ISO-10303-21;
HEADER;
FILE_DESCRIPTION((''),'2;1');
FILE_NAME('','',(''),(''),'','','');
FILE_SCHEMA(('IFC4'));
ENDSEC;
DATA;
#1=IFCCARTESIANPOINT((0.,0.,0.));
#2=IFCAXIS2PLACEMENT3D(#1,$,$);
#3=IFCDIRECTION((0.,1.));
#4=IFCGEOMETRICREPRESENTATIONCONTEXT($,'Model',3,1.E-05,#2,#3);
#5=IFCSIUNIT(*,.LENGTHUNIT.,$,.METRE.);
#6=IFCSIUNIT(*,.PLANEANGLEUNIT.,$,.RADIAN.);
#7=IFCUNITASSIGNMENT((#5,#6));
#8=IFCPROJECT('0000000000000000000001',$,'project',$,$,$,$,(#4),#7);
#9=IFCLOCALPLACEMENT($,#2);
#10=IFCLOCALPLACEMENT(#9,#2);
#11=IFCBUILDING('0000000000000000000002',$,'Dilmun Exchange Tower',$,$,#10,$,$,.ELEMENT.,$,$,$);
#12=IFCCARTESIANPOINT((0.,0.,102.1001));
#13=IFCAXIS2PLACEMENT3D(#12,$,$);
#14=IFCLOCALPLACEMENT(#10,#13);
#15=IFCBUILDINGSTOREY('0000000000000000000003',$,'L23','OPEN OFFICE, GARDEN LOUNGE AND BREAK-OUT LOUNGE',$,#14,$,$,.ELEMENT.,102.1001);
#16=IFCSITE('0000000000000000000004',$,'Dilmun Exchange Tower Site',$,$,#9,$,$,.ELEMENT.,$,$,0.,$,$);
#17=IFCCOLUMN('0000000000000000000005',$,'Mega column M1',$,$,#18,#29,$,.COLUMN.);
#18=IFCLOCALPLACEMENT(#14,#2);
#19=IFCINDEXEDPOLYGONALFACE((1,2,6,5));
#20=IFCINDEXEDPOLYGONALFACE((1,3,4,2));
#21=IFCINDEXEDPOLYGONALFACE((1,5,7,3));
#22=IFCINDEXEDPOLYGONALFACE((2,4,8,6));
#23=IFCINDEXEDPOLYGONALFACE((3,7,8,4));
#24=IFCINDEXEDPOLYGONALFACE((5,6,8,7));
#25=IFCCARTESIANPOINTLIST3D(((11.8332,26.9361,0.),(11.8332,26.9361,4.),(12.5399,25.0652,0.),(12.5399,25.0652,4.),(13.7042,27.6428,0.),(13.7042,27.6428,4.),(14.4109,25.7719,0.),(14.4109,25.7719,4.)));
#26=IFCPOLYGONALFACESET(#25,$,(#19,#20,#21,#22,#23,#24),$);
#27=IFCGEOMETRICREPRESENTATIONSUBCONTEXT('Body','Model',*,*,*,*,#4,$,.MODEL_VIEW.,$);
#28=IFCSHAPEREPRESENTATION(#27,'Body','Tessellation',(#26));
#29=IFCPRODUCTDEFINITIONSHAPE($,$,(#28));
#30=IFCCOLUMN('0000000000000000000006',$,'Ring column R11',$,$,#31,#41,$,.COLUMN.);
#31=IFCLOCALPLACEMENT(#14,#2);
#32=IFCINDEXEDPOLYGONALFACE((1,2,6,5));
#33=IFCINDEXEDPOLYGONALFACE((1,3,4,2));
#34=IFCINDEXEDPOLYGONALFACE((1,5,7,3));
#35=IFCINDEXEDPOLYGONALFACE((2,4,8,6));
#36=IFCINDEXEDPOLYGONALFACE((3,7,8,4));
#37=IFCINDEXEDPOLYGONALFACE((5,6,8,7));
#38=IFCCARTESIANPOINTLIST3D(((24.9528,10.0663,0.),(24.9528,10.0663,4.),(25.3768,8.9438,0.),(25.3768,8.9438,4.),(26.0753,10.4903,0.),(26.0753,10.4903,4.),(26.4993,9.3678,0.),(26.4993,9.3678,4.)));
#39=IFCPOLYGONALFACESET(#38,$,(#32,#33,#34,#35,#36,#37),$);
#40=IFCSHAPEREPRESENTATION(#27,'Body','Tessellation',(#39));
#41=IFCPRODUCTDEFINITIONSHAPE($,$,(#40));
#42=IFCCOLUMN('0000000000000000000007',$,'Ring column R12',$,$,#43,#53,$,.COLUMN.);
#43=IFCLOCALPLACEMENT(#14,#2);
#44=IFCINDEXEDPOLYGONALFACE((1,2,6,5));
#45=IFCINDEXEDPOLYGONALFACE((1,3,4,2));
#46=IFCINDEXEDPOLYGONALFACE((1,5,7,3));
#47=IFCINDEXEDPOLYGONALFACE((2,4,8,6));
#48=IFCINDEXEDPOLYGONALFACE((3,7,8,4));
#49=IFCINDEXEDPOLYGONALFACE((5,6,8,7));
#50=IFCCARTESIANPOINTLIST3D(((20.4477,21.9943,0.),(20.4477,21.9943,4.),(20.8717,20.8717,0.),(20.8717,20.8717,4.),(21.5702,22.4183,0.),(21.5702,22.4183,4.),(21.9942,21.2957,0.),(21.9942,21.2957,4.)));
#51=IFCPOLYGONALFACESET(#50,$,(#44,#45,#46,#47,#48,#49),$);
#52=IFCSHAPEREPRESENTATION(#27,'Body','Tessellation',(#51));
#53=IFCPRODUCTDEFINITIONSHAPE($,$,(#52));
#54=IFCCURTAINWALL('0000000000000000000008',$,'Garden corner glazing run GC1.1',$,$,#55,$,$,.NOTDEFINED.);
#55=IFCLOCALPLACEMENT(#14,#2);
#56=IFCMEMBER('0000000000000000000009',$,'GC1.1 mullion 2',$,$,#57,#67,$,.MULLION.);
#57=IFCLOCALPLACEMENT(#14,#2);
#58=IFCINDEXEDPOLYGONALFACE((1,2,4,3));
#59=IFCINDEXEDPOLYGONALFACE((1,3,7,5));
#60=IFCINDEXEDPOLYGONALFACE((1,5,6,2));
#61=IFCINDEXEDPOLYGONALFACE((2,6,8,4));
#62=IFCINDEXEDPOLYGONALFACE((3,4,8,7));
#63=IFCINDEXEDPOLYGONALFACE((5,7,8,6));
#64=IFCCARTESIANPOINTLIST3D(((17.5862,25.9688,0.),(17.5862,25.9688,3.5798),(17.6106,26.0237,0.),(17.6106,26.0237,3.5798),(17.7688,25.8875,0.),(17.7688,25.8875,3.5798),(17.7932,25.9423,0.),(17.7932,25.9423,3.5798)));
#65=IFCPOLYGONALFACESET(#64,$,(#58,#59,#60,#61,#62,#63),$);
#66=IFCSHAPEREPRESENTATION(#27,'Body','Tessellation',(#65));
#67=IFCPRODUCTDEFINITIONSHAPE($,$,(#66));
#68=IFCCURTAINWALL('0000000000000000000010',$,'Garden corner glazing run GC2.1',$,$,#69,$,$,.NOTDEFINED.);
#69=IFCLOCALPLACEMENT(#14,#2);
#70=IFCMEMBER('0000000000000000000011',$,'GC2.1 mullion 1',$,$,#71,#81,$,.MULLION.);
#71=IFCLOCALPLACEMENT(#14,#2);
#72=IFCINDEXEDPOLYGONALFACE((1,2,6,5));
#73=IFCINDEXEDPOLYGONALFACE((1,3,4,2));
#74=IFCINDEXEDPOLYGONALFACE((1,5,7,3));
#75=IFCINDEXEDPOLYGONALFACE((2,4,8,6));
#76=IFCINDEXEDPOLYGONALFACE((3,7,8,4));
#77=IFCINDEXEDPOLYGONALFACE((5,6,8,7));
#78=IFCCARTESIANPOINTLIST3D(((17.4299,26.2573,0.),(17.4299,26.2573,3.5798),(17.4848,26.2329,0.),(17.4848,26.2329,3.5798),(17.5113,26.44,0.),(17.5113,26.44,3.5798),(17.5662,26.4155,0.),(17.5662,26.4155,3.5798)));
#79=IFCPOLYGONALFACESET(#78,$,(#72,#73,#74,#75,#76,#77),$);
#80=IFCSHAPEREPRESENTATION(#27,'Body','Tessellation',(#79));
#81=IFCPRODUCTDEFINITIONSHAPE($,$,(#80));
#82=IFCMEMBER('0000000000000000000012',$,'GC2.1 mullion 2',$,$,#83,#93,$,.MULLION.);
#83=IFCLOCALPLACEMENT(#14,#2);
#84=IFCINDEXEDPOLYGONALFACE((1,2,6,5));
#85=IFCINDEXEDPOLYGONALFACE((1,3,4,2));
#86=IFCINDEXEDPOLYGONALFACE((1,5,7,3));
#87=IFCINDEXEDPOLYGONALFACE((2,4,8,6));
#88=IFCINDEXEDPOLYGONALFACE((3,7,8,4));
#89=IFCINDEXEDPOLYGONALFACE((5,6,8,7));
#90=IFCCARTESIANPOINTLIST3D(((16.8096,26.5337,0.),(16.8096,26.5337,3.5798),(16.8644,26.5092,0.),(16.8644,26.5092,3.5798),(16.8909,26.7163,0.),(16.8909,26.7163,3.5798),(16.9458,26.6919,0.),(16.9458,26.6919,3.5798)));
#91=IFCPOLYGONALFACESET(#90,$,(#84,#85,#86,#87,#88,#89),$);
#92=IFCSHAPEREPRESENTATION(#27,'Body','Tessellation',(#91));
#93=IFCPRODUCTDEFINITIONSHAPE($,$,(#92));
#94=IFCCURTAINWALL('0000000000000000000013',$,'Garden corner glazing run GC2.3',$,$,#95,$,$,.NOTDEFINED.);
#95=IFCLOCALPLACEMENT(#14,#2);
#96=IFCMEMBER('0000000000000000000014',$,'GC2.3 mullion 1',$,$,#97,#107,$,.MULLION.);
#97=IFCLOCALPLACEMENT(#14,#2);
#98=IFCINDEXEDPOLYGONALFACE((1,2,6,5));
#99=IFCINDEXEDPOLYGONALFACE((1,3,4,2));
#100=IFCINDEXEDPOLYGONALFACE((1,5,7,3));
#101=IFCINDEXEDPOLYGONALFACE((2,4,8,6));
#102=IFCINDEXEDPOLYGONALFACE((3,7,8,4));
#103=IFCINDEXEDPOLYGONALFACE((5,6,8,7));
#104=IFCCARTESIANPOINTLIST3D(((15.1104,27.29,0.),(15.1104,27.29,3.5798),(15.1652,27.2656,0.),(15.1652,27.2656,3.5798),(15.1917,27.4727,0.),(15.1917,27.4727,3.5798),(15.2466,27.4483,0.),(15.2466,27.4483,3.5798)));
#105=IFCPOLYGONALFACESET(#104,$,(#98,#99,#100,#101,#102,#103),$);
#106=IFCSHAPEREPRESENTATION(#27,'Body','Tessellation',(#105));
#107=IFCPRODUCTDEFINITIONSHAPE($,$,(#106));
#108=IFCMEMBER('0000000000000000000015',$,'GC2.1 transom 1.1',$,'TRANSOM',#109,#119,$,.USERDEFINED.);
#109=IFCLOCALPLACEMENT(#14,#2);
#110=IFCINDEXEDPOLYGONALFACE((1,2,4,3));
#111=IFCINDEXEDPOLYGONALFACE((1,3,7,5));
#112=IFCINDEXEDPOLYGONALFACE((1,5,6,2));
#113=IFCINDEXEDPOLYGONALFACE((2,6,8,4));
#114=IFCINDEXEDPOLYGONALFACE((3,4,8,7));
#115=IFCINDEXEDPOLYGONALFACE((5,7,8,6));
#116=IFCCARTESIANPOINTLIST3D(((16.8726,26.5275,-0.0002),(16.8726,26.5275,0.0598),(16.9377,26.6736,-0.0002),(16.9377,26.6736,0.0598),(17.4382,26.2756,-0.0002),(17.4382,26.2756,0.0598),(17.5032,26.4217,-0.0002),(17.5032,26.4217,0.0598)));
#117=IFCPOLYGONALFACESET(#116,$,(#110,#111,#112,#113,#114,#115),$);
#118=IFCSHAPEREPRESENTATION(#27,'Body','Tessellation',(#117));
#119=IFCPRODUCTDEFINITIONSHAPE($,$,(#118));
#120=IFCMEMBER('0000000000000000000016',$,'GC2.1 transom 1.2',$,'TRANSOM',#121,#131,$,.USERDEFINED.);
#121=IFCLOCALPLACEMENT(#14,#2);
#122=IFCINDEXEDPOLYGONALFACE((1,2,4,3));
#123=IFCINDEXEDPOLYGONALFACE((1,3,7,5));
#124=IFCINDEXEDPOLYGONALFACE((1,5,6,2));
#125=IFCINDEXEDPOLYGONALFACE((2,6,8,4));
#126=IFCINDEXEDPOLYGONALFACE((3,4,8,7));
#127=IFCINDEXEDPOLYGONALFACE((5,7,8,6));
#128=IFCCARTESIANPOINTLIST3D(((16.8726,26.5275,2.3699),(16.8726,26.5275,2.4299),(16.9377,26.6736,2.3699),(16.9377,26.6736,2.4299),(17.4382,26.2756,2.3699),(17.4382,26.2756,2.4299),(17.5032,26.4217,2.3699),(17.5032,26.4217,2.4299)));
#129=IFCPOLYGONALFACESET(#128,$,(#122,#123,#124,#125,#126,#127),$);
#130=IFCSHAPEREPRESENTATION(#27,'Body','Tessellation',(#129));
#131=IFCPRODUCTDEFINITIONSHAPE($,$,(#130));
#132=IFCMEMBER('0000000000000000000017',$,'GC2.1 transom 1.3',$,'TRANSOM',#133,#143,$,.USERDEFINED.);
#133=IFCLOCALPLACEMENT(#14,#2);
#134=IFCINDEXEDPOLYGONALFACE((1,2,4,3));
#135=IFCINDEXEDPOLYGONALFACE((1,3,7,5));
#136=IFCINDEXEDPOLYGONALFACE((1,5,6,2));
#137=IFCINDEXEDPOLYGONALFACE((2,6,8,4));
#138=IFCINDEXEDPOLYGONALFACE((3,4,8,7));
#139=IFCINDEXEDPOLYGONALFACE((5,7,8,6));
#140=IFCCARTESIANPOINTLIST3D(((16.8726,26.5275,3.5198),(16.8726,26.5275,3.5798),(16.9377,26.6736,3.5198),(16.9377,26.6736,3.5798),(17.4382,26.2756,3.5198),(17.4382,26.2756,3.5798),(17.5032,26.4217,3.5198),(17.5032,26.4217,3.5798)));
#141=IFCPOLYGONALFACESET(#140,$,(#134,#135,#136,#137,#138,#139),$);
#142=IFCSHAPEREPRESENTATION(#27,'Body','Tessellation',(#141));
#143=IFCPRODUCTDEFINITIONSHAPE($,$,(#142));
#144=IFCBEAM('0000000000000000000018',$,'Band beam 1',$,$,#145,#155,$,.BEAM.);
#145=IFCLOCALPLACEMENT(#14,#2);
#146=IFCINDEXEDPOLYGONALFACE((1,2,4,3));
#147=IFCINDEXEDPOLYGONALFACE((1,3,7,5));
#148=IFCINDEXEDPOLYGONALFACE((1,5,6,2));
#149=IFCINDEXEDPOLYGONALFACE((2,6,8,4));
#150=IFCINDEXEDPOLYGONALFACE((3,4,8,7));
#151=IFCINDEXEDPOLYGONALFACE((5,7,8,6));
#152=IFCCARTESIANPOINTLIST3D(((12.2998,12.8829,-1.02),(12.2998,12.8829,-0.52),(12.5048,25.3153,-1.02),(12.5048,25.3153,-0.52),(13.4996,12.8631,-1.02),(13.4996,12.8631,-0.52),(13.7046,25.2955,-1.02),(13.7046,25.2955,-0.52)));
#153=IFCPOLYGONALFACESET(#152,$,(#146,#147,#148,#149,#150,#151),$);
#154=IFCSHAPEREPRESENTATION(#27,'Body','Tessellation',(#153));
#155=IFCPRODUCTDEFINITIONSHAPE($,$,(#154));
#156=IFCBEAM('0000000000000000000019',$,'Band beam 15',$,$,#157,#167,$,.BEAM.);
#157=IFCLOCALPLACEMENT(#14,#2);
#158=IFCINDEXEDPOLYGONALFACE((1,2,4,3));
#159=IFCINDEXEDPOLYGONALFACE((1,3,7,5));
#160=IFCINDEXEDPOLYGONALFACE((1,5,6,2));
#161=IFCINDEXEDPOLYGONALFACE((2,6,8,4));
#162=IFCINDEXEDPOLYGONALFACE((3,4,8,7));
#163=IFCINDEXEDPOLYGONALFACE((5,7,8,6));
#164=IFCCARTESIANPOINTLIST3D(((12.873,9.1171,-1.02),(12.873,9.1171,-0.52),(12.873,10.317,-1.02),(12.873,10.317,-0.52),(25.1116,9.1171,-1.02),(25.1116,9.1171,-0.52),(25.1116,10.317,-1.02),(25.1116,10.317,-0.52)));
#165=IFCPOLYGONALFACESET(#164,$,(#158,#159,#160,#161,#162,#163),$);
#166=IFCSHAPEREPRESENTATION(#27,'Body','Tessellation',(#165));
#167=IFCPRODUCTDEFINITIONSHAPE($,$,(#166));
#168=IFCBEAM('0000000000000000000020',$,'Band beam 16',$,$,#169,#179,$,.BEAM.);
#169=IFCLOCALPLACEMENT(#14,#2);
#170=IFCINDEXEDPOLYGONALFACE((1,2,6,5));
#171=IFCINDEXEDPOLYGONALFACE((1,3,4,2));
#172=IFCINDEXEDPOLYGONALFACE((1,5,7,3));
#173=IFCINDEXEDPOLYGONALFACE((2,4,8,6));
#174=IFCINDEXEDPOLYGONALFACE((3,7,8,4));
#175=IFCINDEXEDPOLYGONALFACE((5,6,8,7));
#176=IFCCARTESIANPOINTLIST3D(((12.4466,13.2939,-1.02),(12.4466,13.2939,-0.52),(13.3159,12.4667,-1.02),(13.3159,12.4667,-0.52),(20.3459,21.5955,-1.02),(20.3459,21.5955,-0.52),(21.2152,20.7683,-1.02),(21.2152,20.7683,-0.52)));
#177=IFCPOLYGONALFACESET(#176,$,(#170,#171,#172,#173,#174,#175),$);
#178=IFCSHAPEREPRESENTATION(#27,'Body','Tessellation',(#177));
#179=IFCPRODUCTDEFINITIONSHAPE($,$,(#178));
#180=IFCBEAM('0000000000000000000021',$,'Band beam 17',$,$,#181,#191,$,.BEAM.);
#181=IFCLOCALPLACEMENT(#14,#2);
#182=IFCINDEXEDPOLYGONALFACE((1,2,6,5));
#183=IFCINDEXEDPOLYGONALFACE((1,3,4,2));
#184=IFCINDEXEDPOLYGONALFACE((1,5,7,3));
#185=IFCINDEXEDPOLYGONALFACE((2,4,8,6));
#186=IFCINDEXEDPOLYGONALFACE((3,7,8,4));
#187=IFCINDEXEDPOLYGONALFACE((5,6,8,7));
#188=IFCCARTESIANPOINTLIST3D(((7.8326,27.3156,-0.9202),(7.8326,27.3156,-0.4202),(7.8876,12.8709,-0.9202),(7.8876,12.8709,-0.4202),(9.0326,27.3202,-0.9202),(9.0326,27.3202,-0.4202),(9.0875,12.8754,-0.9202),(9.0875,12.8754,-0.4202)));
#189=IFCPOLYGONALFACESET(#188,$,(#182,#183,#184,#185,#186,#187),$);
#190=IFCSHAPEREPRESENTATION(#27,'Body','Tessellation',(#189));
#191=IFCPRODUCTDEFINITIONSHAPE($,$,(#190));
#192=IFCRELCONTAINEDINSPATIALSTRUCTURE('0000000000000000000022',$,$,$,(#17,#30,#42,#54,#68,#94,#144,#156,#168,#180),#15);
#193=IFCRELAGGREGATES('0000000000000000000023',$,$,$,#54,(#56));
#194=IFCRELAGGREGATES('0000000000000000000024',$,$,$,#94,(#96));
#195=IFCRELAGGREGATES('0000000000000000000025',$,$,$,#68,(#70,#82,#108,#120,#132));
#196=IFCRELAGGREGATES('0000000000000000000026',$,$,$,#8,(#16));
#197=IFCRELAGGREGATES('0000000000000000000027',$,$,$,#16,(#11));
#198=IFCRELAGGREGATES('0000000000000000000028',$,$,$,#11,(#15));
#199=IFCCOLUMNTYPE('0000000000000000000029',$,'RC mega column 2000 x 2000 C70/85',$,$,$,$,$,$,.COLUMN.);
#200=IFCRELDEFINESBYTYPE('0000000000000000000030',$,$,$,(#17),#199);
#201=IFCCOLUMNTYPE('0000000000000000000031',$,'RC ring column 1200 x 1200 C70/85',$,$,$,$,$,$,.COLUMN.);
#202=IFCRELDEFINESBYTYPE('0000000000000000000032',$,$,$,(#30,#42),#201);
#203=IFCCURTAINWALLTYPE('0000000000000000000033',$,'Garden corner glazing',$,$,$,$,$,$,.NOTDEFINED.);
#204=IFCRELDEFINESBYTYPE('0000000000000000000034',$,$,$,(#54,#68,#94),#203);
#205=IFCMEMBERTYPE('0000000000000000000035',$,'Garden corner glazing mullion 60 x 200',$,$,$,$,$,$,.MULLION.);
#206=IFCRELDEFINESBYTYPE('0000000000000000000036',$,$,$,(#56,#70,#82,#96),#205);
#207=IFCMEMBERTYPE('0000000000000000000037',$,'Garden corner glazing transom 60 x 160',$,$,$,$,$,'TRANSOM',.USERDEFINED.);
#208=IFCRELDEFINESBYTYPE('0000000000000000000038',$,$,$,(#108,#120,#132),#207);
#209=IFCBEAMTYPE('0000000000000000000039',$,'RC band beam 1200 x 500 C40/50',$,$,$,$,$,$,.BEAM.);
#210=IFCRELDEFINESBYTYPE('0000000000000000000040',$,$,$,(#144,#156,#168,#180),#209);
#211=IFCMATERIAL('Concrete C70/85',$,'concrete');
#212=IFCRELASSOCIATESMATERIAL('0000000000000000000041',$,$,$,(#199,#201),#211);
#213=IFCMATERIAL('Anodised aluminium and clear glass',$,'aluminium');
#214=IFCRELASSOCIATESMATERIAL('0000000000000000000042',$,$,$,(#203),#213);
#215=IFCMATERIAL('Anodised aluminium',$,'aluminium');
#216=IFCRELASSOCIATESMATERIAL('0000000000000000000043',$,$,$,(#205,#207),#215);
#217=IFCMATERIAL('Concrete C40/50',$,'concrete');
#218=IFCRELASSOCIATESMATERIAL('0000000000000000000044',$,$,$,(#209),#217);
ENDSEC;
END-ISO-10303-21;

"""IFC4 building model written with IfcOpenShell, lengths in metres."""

from ifc_helpers import new_model, si_unit, direction, frame, origin, origin_2d, place, context, subcontext, project, spatial, rectangle, extrude, material, material_profile, profile_set, type_object, element, aggregate, save


model = new_model("IFC4")

# Units and contexts
model_context = context("Model", 3, precision=1e-05, world=origin(), true_north=direction((0.0, 1.0)))
body_context = subcontext(model_context, "Body", "Model", "MODEL_VIEW")
ifc_project = project(units=[si_unit("LENGTHUNIT", "METRE"), si_unit("PLANEANGLEUNIT", "RADIAN")], contexts=[model_context])

# Site, building, storey
site_placement = place(None, origin())
site = spatial("IfcSite", under=ifc_project, at=site_placement, Name="Dilmun Exchange Tower Site", CompositionType="ELEMENT", RefElevation=0.0)
building_placement = place(site_placement, origin())
building = spatial("IfcBuilding", under=site, at=building_placement, Name="Dilmun Exchange Tower", CompositionType="ELEMENT")
storey_placement = place(building_placement, frame((0.0, 0.0, 102.1001)))
storey = spatial("IfcBuildingStorey", under=building, at=storey_placement, Name="L23", Description="OPEN OFFICE, GARDEN LOUNGE AND BREAK-OUT LOUNGE", CompositionType="ELEMENT", Elevation=102.1001)

# Columns
ifc_material_1 = material(Name="Concrete C70/85", Category="concrete")
ifc_material_profile_1 = material_profile(ifc_material_1, rectangle(XDim=2.0, YDim=2.0, at=origin_2d()), Name="2000 x 2000")
ifc_profile_set_1 = profile_set([ifc_material_profile_1], Name="Concrete C70/85")
column_type_1 = type_object("IfcColumnType", Name="RC mega column 2000 x 2000 C70/85", PredefinedType="COLUMN", material=ifc_profile_set_1)
column_placement = place(storey_placement, frame((13.1221, 26.354, 0.0), z_axis=(0.0, 0.0, 1.0), x_axis=(0.935492, 0.353349, 0.0)))
element("IfcColumn", 1, at=column_placement, inside=storey, type_object=column_type_1, Name="Mega column M1", PredefinedType="COLUMN", context=body_context, shape_type="SweptSolid", body=[
    extrude(rectangle(XDim=2.0, YDim=2.0, at=origin_2d()), origin(), (0.0, 0.0, 1.0), 4.0),
])
ifc_material_profile_2 = material_profile(ifc_material_1, rectangle(XDim=1.2, YDim=1.2, at=origin_2d()), Name="1200 x 1200")
ifc_profile_set_2 = profile_set([ifc_material_profile_2], Name="Concrete C70/85")
column_type_2 = type_object("IfcColumnType", Name="RC ring column 1200 x 1200 C70/85", PredefinedType="COLUMN", material=ifc_profile_set_2)
for number, where, z_axis, x_axis, name in (
    (2, (25.7261, 9.717, 0.0), (0.0, 0.0, 1.0), (0.935492, 0.353349, 0.0), "Ring column R11"),
    (3, (21.2209, 21.645, 0.0), (0.0, 0.0, 1.0), (0.935492, 0.353349, 0.0), "Ring column R12"),
):
    element("IfcColumn", number, at=place(storey_placement, frame(where, z_axis=z_axis, x_axis=x_axis)), inside=storey, type_object=column_type_2, Name=name, PredefinedType="COLUMN", context=body_context, shape_type="SweptSolid", body=[
        extrude(rectangle(XDim=1.2, YDim=1.2, at=origin_2d()), origin(), (0.0, 0.0, 1.0), 4.0),
    ])

# Curtain wall, member
ifc_material_2 = material(Name="Anodised aluminium and clear glass", Category="aluminium")
curtain_wall_type = type_object("IfcCurtainWallType", Name="Garden corner glazing", PredefinedType="NOTDEFINED", material=ifc_material_2)
curtain_wall_1_placement = place(storey_placement, origin())
curtain_wall_1 = element("IfcCurtainWall", 4, at=curtain_wall_1_placement, inside=storey, type_object=curtain_wall_type, Name="Garden corner glazing run GC1.1", PredefinedType="NOTDEFINED")
ifc_material_3 = material(Name="Anodised aluminium", Category="aluminium")
ifc_material_profile_3 = material_profile(ifc_material_3, rectangle(XDim=0.2, YDim=0.0601, at=origin_2d()), Name="AL 60x200")
ifc_profile_set_3 = profile_set([ifc_material_profile_3], Name="Anodised aluminium")
member_type_1 = type_object("IfcMemberType", Name="Garden corner glazing mullion 60 x 200", PredefinedType="MULLION", material=ifc_profile_set_3)
member_1_placement = place(storey_placement, frame((17.6897, 25.9556, 0.0), z_axis=(0.0, 0.0, 1.0), x_axis=(0.913543, -0.406743, 0.0)))
member_1 = element("IfcMember", 5, at=member_1_placement, type_object=member_type_1, Name="GC1.1 mullion 2", PredefinedType="MULLION", context=body_context, shape_type="SweptSolid", body=[
    extrude(rectangle(XDim=0.2, YDim=0.0601, at=origin_2d()), origin(), (0.0, 0.0, 1.0), 3.5798),
])
aggregate(curtain_wall_1, [member_1])

# Curtain wall, members
curtain_wall_2_placement = place(storey_placement, origin())
curtain_wall_2 = element("IfcCurtainWall", 6, at=curtain_wall_2_placement, inside=storey, type_object=curtain_wall_type, Name="Garden corner glazing run GC2.1", PredefinedType="NOTDEFINED")
member_2_placement = place(storey_placement, frame((17.498, 26.3364, 0.0), z_axis=(0.0, 0.0, 1.0), x_axis=(-0.406829, -0.913504, 0.0)))
member_2 = element("IfcMember", 7, at=member_2_placement, type_object=member_type_1, Name="GC2.1 mullion 1", PredefinedType="MULLION", context=body_context, shape_type="SweptSolid", body=[
    extrude(rectangle(XDim=0.2, YDim=0.0601, at=origin_2d()), origin(), (0.0, 0.0, 1.0), 3.5798),
])
member_3_placement = place(storey_placement, frame((16.8777, 26.6128, 0.0), z_axis=(0.0, 0.0, 1.0), x_axis=(-0.406829, -0.913504, 0.0)))
member_3 = element("IfcMember", 8, at=member_3_placement, type_object=member_type_1, Name="GC2.1 mullion 2", PredefinedType="MULLION", context=body_context, shape_type="SweptSolid", body=[
    extrude(rectangle(XDim=0.2, YDim=0.0601, at=origin_2d()), origin(), (0.0, 0.0, 1.0), 3.5798),
])

# Curtain wall, member
curtain_wall_3_placement = place(storey_placement, origin())
curtain_wall_3 = element("IfcCurtainWall", 9, at=curtain_wall_3_placement, inside=storey, type_object=curtain_wall_type, Name="Garden corner glazing run GC2.3", PredefinedType="NOTDEFINED")
member_4_placement = place(storey_placement, frame((15.1785, 27.3691, 0.0), z_axis=(0.0, 0.0, 1.0), x_axis=(-0.406735, -0.913546, 0.0)))
member_4 = element("IfcMember", 10, at=member_4_placement, type_object=member_type_1, Name="GC2.3 mullion 1", PredefinedType="MULLION", context=body_context, shape_type="SweptSolid", body=[
    extrude(rectangle(XDim=0.2, YDim=0.0601, at=origin_2d()), origin(), (0.0, 0.0, 1.0), 3.5798),
])
aggregate(curtain_wall_3, [member_4])

# Members
ifc_material_profile_4 = material_profile(ifc_material_3, rectangle(XDim=0.1599, YDim=0.0601, at=origin_2d()), Name="AL 60x160")
ifc_profile_set_4 = profile_set([ifc_material_profile_4], Name="Anodised aluminium")
member_type_2 = type_object("IfcMemberType", Name="Garden corner glazing transom 60 x 160", ElementType="TRANSOM", PredefinedType="USERDEFINED", material=ifc_profile_set_4)
member_5_placement = place(storey_placement, frame((17.4707, 26.3486, 0.0298), z_axis=(-0.913486, 0.40687, 0.0), x_axis=(-0.40687, -0.913486, 0.0)))
member_5 = element("IfcMember", 11, at=member_5_placement, type_object=member_type_2, Name="GC2.1 transom 1.1", ObjectType="TRANSOM", PredefinedType="USERDEFINED", context=body_context, shape_type="SweptSolid", body=[
    extrude(rectangle(XDim=0.1599, YDim=0.0601, at=origin_2d()), origin(), (0.0, 0.0, 1.0), 0.6191),
])
member_6_placement = place(storey_placement, frame((17.4707, 26.3486, 2.3999), z_axis=(-0.913486, 0.40687, 0.0), x_axis=(-0.40687, -0.913486, 0.0)))
member_6 = element("IfcMember", 12, at=member_6_placement, type_object=member_type_2, Name="GC2.1 transom 1.2", ObjectType="TRANSOM", PredefinedType="USERDEFINED", context=body_context, shape_type="SweptSolid", body=[
    extrude(rectangle(XDim=0.1599, YDim=0.0601, at=origin_2d()), origin(), (0.0, 0.0, 1.0), 0.6191),
])
member_7_placement = place(storey_placement, frame((17.4707, 26.3486, 3.5498), z_axis=(-0.913486, 0.40687, 0.0), x_axis=(-0.40687, -0.913486, 0.0)))
member_7 = element("IfcMember", 13, at=member_7_placement, type_object=member_type_2, Name="GC2.1 transom 1.3", ObjectType="TRANSOM", PredefinedType="USERDEFINED", context=body_context, shape_type="SweptSolid", body=[
    extrude(rectangle(XDim=0.1599, YDim=0.0601, at=origin_2d()), origin(), (0.0, 0.0, 1.0), 0.6191),
])

# Beams
ifc_material_4 = material(Name="Concrete C40/50", Category="concrete")
ifc_material_profile_5 = material_profile(ifc_material_4, rectangle(XDim=1.2, YDim=0.5, at=origin_2d()), Name="1200 x 500")
ifc_profile_set_5 = profile_set([ifc_material_profile_5], Name="Concrete C40/50")
beam_type_1 = type_object("IfcBeamType", Name="RC band beam 1200 x 500 C40/50", PredefinedType="BEAM", material=ifc_profile_set_5)
beam_1_placement = place(storey_placement, frame((13.1047, 25.3054, -0.77), z_axis=(-0.016493, -0.999864, 0.0), x_axis=(0.999864, -0.016493, 0.0)))
element("IfcBeam", 14, at=beam_1_placement, inside=storey, type_object=beam_type_1, Name="Band beam 1", PredefinedType="BEAM", context=body_context, shape_type="SweptSolid", body=[
    extrude(rectangle(XDim=1.2, YDim=0.5, at=origin_2d()), origin(), (0.0, 0.0, 1.0), 12.4341),
])
beam_2_placement = place(storey_placement, frame((25.1116, 9.717, -0.77), z_axis=(-1.0, 0.0, 0.0), x_axis=(0.0, -1.0, 0.0)))
element("IfcBeam", 15, at=beam_2_placement, inside=storey, type_object=beam_type_1, Name="Band beam 15", PredefinedType="BEAM", context=body_context, shape_type="SweptSolid", body=[
    extrude(rectangle(XDim=1.2, YDim=0.5, at=origin_2d()), origin(), (0.0, 0.0, 1.0), 12.2385),
])
beam_3_placement = place(storey_placement, frame((20.7805, 21.1819, -0.77), z_axis=(-0.689333, -0.724444, 0.0), x_axis=(0.724444, -0.689333, 0.0)))
element("IfcBeam", 16, at=beam_3_placement, inside=storey, type_object=beam_type_1, Name="Band beam 16", PredefinedType="BEAM", context=body_context, shape_type="SweptSolid", body=[
    extrude(rectangle(XDim=1.2, YDim=0.5, at=origin_2d()), origin(), (0.0, 0.0, 1.0), 11.4592),
])
beam_4_placement = place(storey_placement, frame((8.4326, 27.3179, -0.6702), z_axis=(0.003803, -0.999993, 0.0), x_axis=(0.999993, 0.003803, 0.0)))
element("IfcBeam", 17, at=beam_4_placement, inside=storey, type_object=beam_type_1, Name="Band beam 17", PredefinedType="BEAM", context=body_context, shape_type="SweptSolid", body=[
    extrude(rectangle(XDim=1.2, YDim=0.5, at=origin_2d()), origin(), (0.0, 0.0, 1.0), 14.4448),
])

aggregate(curtain_wall_2, [member_2, member_3, member_5, member_6, member_7])

save(model, "model.ifc")
